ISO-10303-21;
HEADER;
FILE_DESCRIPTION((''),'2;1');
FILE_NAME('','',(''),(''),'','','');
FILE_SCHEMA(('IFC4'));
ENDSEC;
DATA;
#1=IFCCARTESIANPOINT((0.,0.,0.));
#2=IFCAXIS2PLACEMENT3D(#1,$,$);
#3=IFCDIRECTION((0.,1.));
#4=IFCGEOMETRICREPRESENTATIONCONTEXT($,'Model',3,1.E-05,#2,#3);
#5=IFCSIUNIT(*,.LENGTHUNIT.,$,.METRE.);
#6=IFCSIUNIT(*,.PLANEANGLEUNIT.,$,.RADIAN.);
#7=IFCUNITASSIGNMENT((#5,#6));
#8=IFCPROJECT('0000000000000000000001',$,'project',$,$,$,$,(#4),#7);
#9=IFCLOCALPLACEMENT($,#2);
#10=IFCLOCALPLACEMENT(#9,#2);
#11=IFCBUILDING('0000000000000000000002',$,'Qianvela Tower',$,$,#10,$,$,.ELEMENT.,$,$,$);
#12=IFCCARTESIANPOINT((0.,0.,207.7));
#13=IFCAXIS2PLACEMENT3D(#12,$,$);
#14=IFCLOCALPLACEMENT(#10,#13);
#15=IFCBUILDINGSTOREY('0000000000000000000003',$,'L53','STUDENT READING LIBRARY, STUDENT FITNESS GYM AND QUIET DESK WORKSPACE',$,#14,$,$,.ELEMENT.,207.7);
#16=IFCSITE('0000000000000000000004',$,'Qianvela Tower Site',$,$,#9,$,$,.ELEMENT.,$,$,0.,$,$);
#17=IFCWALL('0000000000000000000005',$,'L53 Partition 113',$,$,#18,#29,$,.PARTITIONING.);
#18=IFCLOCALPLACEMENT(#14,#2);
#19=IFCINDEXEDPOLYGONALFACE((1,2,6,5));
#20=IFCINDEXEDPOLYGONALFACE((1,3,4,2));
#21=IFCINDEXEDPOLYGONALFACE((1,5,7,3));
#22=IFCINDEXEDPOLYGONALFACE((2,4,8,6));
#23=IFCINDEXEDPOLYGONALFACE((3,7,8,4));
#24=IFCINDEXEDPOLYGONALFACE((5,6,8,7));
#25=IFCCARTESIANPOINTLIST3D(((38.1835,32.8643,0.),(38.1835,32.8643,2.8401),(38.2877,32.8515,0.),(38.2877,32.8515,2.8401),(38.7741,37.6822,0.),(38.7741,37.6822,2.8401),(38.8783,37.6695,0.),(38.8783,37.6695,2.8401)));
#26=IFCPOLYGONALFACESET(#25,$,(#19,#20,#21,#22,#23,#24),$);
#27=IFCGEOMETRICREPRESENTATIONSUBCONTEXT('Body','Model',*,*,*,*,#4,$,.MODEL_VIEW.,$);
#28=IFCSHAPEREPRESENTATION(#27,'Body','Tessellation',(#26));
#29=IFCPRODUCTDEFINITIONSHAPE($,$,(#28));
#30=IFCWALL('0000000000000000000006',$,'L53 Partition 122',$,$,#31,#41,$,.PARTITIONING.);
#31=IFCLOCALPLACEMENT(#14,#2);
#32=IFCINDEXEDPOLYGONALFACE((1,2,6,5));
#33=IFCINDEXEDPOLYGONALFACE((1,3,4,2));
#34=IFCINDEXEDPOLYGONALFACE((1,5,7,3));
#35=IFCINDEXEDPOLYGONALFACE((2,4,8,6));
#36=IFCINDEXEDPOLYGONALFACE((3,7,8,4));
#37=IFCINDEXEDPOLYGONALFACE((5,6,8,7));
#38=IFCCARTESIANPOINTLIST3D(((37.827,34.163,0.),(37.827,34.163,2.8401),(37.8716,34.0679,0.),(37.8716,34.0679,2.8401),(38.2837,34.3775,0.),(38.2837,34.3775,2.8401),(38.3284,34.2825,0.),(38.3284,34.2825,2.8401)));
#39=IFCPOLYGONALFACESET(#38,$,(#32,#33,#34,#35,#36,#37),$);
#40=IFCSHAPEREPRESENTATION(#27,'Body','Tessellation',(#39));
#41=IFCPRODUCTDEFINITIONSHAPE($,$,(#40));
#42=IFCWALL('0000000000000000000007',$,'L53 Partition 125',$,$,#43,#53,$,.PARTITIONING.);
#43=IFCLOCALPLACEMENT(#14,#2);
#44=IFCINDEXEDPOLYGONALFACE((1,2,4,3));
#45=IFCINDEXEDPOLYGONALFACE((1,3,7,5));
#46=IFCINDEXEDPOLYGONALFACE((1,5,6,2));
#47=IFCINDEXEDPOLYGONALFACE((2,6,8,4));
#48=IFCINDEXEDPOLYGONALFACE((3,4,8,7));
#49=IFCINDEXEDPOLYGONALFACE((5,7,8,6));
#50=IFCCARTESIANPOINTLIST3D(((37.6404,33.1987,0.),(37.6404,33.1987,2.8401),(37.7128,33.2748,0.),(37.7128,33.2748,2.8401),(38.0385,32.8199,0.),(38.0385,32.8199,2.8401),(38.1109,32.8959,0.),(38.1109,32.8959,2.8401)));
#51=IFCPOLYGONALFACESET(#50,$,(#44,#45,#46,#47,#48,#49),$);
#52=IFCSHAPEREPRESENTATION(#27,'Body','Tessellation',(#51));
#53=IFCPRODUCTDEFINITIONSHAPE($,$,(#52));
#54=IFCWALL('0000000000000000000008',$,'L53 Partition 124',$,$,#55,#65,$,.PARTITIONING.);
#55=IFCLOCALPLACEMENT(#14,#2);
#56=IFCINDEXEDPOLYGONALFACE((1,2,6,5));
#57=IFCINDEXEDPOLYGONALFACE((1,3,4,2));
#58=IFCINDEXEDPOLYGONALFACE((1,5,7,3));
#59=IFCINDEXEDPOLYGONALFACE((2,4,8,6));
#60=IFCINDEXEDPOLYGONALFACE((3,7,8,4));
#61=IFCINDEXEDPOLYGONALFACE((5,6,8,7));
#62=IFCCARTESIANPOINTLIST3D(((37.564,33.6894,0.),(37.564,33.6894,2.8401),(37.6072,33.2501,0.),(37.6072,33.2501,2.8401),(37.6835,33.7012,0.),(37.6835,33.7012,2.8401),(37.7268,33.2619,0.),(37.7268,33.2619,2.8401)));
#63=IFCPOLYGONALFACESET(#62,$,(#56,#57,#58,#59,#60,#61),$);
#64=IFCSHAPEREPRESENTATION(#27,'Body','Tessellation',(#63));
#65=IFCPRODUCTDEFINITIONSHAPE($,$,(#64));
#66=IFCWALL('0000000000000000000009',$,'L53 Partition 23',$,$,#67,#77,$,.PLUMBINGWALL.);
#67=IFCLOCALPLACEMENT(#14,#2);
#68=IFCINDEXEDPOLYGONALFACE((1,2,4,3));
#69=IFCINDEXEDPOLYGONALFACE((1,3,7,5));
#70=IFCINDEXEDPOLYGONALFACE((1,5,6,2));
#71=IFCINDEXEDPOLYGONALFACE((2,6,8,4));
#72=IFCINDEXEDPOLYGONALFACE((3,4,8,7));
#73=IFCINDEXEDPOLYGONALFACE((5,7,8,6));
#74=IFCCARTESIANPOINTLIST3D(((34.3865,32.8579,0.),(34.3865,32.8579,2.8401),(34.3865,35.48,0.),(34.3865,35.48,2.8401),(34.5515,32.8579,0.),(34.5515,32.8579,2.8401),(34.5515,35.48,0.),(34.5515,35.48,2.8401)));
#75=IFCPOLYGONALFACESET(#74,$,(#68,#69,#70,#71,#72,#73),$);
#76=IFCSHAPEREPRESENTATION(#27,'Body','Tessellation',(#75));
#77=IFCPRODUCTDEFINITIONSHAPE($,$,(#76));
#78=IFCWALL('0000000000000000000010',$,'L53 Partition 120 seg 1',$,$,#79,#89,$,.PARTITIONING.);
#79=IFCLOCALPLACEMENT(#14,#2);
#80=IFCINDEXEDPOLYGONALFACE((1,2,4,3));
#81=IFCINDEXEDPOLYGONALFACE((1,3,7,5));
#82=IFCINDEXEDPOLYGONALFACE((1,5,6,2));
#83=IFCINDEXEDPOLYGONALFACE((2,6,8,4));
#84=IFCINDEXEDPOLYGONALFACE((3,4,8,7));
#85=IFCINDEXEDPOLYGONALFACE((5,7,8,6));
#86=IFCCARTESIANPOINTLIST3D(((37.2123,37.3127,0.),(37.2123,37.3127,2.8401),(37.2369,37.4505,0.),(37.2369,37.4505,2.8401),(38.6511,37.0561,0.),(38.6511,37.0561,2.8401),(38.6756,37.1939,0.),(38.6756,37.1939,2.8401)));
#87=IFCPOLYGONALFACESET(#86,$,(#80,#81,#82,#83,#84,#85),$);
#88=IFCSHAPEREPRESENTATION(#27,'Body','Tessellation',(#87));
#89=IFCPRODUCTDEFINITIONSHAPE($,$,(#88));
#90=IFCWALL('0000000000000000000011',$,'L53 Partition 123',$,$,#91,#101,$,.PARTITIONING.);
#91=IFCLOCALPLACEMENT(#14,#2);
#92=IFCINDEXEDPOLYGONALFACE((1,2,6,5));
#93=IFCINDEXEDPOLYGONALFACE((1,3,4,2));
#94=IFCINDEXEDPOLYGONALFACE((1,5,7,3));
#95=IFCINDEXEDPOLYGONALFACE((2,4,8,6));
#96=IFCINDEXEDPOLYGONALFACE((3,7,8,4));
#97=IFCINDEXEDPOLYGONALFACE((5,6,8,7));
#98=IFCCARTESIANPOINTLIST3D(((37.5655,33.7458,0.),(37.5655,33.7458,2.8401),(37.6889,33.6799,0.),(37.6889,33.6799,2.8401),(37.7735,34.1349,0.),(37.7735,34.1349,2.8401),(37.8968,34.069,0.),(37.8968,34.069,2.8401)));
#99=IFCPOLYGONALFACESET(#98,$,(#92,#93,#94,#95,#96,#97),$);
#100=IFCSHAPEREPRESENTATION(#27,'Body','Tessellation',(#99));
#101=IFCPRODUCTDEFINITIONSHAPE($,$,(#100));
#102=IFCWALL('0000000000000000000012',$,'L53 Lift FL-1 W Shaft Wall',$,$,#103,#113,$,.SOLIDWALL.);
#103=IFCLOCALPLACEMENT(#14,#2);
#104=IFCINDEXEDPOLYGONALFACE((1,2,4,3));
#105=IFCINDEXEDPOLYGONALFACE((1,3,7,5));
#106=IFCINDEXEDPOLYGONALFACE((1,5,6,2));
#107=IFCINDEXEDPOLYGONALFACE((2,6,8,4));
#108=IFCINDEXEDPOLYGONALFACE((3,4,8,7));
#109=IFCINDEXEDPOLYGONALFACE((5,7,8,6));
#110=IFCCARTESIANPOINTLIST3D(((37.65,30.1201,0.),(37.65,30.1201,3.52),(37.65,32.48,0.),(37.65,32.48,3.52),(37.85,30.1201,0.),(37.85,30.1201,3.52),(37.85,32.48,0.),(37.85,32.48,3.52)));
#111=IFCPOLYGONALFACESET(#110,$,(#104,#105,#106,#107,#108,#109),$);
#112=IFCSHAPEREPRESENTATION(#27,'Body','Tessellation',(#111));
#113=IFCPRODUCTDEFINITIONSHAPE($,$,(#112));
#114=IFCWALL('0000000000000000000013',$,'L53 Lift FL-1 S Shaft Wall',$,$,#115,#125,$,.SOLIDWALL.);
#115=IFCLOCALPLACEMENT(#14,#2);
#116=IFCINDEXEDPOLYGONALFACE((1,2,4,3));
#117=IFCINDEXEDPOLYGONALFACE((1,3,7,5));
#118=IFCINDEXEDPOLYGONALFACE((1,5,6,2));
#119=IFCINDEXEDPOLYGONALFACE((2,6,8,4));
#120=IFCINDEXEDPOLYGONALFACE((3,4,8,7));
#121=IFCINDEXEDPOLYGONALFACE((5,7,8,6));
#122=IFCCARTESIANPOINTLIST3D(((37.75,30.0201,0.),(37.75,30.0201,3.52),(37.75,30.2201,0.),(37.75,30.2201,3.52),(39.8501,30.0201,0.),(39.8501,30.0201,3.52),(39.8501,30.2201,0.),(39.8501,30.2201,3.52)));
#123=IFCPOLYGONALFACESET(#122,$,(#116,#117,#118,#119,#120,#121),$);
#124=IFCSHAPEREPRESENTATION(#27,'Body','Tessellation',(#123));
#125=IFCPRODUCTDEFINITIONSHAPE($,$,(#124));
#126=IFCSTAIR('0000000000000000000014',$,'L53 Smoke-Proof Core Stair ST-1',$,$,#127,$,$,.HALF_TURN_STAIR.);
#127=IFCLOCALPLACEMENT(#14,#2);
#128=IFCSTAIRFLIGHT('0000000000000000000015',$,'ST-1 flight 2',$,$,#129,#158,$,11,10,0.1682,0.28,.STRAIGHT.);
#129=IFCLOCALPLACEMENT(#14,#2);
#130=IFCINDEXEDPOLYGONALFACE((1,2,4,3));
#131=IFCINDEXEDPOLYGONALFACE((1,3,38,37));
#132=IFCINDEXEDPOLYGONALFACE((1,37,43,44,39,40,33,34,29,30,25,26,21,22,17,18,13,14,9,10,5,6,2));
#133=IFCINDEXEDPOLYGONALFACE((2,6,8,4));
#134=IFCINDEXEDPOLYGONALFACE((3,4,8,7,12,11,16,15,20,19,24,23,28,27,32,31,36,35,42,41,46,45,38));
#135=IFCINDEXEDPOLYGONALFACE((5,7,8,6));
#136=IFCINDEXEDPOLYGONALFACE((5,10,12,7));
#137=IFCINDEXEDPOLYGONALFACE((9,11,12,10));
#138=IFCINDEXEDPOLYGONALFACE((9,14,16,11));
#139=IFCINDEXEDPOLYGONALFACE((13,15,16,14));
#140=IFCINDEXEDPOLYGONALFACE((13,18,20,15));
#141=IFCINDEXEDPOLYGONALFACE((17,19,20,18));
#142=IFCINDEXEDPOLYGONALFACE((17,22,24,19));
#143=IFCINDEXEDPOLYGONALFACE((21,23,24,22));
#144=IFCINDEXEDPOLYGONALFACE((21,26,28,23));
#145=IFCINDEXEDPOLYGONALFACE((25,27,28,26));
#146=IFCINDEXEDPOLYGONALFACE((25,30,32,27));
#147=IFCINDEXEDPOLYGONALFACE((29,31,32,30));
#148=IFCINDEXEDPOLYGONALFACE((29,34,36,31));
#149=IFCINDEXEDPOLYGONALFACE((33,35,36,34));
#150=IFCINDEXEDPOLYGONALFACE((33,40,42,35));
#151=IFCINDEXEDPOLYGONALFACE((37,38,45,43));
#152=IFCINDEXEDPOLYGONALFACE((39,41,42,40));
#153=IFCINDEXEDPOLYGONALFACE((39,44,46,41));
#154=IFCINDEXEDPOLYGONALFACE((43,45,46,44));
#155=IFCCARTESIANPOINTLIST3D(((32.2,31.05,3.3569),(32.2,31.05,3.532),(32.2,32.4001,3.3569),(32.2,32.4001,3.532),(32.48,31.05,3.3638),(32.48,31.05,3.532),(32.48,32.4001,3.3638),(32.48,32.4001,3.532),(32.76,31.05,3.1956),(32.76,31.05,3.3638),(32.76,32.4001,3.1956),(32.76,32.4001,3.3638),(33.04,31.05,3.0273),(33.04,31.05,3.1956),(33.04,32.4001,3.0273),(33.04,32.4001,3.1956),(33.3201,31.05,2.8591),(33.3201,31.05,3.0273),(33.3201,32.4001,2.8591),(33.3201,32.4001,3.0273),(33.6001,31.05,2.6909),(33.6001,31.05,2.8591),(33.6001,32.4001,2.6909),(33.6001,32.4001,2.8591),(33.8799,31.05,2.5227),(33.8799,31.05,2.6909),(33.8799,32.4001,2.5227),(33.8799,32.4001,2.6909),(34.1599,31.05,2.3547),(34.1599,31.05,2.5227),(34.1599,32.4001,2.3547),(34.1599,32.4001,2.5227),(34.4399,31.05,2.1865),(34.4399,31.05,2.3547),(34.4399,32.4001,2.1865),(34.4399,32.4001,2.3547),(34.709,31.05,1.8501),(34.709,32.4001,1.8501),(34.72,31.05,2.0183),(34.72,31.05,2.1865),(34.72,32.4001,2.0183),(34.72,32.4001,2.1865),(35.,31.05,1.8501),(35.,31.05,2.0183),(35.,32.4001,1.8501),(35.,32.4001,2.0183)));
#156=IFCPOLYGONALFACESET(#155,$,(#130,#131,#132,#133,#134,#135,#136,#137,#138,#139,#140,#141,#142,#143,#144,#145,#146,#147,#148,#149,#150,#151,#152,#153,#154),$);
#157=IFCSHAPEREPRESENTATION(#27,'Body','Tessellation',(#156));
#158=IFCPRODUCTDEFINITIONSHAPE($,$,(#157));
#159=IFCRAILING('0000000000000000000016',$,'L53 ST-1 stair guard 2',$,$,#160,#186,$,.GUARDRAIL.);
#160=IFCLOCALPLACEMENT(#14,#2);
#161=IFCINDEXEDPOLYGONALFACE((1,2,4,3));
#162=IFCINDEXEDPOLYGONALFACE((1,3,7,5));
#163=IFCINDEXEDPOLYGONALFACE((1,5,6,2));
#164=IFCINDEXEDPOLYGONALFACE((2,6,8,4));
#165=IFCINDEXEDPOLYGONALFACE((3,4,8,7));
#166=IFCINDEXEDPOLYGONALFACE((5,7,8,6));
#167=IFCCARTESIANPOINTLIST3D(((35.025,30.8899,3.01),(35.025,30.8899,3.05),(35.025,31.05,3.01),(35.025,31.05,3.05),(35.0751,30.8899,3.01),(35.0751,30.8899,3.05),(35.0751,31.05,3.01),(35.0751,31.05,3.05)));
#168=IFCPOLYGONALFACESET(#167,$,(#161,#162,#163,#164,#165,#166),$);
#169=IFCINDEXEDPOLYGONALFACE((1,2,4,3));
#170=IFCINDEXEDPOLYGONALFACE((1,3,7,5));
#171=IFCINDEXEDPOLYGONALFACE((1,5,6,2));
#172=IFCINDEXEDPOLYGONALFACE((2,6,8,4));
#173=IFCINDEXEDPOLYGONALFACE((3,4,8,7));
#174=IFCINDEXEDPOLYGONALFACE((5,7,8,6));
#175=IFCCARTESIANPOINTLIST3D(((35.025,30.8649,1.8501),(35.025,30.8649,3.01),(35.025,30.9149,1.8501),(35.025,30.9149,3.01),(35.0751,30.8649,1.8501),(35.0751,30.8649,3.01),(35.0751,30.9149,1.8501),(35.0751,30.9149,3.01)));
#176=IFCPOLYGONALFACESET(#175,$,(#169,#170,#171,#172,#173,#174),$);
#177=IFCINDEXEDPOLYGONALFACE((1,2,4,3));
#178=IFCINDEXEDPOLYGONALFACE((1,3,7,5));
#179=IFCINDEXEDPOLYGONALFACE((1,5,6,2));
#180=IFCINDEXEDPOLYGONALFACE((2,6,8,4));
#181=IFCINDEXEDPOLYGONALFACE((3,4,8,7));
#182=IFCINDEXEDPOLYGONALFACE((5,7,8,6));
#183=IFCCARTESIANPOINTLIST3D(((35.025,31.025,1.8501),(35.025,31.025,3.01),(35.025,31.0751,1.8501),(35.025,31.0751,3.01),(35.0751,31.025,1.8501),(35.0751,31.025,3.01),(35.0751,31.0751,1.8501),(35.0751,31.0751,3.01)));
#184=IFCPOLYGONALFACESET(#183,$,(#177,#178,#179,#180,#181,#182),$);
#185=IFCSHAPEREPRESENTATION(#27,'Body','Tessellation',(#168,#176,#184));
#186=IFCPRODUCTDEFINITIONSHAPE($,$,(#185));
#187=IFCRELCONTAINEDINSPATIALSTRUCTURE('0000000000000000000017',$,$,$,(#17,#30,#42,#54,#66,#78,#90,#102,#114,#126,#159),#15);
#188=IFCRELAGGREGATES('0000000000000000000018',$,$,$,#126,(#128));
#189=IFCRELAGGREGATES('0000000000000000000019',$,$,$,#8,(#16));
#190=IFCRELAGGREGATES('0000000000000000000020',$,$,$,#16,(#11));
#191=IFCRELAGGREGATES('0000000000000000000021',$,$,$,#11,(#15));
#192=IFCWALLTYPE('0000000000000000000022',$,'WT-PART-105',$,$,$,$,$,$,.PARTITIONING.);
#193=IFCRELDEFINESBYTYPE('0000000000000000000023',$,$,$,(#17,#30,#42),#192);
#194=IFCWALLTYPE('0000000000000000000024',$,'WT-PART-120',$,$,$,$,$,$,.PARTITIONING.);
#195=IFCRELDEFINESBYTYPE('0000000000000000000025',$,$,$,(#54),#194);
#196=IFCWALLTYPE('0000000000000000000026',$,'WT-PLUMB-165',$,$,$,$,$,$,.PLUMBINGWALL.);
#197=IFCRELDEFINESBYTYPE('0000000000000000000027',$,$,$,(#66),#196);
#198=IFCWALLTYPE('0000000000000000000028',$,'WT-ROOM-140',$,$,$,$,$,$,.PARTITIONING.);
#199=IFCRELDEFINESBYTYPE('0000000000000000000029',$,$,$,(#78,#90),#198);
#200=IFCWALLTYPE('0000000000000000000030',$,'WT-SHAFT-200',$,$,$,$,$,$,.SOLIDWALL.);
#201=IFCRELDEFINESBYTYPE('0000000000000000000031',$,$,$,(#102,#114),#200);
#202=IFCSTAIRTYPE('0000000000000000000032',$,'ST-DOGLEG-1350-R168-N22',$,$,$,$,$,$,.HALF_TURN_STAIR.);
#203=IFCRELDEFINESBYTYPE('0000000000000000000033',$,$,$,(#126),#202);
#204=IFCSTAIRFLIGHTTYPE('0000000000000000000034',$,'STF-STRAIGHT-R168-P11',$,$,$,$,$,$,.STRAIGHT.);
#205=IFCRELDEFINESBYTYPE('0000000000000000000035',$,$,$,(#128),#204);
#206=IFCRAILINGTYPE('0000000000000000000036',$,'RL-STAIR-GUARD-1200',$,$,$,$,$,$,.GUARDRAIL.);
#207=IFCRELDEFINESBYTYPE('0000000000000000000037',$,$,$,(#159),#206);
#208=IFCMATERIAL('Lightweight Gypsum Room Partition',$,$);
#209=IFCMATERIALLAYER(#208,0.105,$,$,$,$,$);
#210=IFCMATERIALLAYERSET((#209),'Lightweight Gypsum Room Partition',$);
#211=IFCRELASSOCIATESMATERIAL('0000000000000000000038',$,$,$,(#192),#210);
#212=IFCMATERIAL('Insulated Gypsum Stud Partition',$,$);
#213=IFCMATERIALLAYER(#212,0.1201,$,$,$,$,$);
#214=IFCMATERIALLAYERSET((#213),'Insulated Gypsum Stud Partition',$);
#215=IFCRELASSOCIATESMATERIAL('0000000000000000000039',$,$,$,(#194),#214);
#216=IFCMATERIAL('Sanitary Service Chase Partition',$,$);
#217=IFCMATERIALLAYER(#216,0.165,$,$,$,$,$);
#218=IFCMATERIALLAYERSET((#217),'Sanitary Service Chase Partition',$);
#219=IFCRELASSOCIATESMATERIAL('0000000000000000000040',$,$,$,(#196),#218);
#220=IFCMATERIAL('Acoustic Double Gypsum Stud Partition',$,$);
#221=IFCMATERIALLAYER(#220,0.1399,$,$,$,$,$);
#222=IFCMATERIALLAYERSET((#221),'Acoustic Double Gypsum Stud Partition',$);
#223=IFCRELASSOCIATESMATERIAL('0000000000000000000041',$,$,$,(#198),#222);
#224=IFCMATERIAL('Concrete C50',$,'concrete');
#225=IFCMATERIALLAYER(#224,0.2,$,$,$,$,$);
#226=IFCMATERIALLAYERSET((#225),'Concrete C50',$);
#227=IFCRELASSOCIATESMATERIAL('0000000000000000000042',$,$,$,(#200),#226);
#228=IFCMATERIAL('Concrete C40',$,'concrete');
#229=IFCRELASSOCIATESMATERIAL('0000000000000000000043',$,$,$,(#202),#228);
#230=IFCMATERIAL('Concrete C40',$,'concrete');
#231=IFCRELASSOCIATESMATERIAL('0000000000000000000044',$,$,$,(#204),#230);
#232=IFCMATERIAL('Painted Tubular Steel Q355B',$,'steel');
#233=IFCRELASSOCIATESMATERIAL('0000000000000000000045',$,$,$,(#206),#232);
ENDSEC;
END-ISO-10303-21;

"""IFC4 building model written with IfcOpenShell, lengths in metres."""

from ifc_helpers import new_model, si_unit, direction, frame, frame_2d, origin, origin_2d, place, context, subcontext, project, spatial, polyline, rectangle, outline, extrude, material, layer, layer_set, type_object, element, aggregate, save


model = new_model("IFC4")

# Units and contexts
model_context = context("Model", 3, precision=1e-05, world=origin(), true_north=direction((0.0, 1.0)))
body_context = subcontext(model_context, "Body", "Model", "MODEL_VIEW")
ifc_project = project(units=[si_unit("LENGTHUNIT", "METRE"), si_unit("PLANEANGLEUNIT", "RADIAN")], contexts=[model_context])

# Site, building, storey
site_placement = place(None, origin())
site = spatial("IfcSite", under=ifc_project, at=site_placement, Name="Qianvela Tower Site", CompositionType="ELEMENT", RefElevation=0.0)
building_placement = place(site_placement, origin())
building = spatial("IfcBuilding", under=site, at=building_placement, Name="Qianvela Tower", CompositionType="ELEMENT")
storey_placement = place(building_placement, frame((0.0, 0.0, 207.7)))
storey = spatial("IfcBuildingStorey", under=building, at=storey_placement, Name="L53", Description="STUDENT READING LIBRARY, STUDENT FITNESS GYM AND QUIET DESK WORKSPACE", CompositionType="ELEMENT", Elevation=207.7)

# Walls
ifc_material_1 = material(Name="Lightweight Gypsum Room Partition")
ifc_layer_1 = layer(ifc_material_1, 0.105)
ifc_layer_set_1 = layer_set([ifc_layer_1], Name="Lightweight Gypsum Room Partition")
wall_type_1 = type_object("IfcWallType", Name="WT-PART-105", PredefinedType="PARTITIONING", material=ifc_layer_set_1)
wall_1_placement = place(storey_placement, frame((38.2356, 32.8579, 0.0), z_axis=(0.0, 0.0, 1.0), x_axis=(0.12167, 0.992571, 0.0)))
element("IfcWall", 1, at=wall_1_placement, inside=storey, type_object=wall_type_1, Name="L53 Partition 113", PredefinedType="PARTITIONING", context=body_context, shape_type="SweptSolid", body=[
    extrude(rectangle(XDim=4.854, YDim=0.105, at=frame_2d((2.427, 0.0))), origin(), (0.0, 0.0, 1.0), 2.8401),
])
wall_2_placement = place(storey_placement, frame((38.3062, 34.3301, 0.0), z_axis=(0.0, 0.0, 1.0), x_axis=(-0.905093, -0.425215, 0.0)))
element("IfcWall", 2, at=wall_2_placement, inside=storey, type_object=wall_type_1, Name="L53 Partition 122", PredefinedType="PARTITIONING", context=body_context, shape_type="SweptSolid", body=[
    extrude(rectangle(XDim=0.5046, YDim=0.105, at=frame_2d((0.2524, 0.0))), origin(), (0.0, 0.0, 1.0), 2.8401),
])
wall_3_placement = place(storey_placement, frame((37.6765, 33.2368, 0.0), z_axis=(0.0, 0.0, 1.0), x_axis=(0.724434, -0.689345, 0.0)))
element("IfcWall", 3, at=wall_3_placement, inside=storey, type_object=wall_type_1, Name="L53 Partition 125", PredefinedType="PARTITIONING", context=body_context, shape_type="SweptSolid", body=[
    extrude(rectangle(XDim=0.5496, YDim=0.105, at=frame_2d((0.2749, 0.0))), origin(), (0.0, 0.0, 1.0), 2.8401),
])
ifc_material_2 = material(Name="Insulated Gypsum Stud Partition")
ifc_layer_2 = layer(ifc_material_2, 0.1201)
ifc_layer_set_2 = layer_set([ifc_layer_2], Name="Insulated Gypsum Stud Partition")
wall_type_2 = type_object("IfcWallType", Name="WT-PART-120", PredefinedType="PARTITIONING", material=ifc_layer_set_2)
wall_4_placement = place(storey_placement, frame((37.6238, 33.6953, 0.0), z_axis=(0.0, 0.0, 1.0), x_axis=(0.097915, -0.995195, 0.0)))
element("IfcWall", 4, at=wall_4_placement, inside=storey, type_object=wall_type_2, Name="L53 Partition 124", PredefinedType="PARTITIONING", context=body_context, shape_type="SweptSolid", body=[
    extrude(rectangle(XDim=0.4414, YDim=0.1201, at=frame_2d((0.2207, 0.0))), origin(), (0.0, 0.0, 1.0), 2.8401),
])
ifc_material_3 = material(Name="Sanitary Service Chase Partition")
ifc_layer_3 = layer(ifc_material_3, 0.165)
ifc_layer_set_3 = layer_set([ifc_layer_3], Name="Sanitary Service Chase Partition")
wall_type_3 = type_object("IfcWallType", Name="WT-PLUMB-165", PredefinedType="PLUMBINGWALL", material=ifc_layer_set_3)
wall_5_placement = place(storey_placement, frame((34.469, 35.48, 0.0), z_axis=(0.0, 0.0, 1.0), x_axis=(0.0, -1.0, 0.0)))
element("IfcWall", 5, at=wall_5_placement, inside=storey, type_object=wall_type_3, Name="L53 Partition 23", PredefinedType="PLUMBINGWALL", context=body_context, shape_type="SweptSolid", body=[
    extrude(rectangle(XDim=2.6221, YDim=0.165, at=frame_2d((1.311, 0.0))), origin(), (0.0, 0.0, 1.0), 2.8401),
])
ifc_material_4 = material(Name="Acoustic Double Gypsum Stud Partition")
ifc_layer_4 = layer(ifc_material_4, 0.1399)
ifc_layer_set_4 = layer_set([ifc_layer_4], Name="Acoustic Double Gypsum Stud Partition")
wall_type_4 = type_object("IfcWallType", Name="WT-ROOM-140", PredefinedType="PARTITIONING", material=ifc_layer_set_4)
wall_6_placement = place(storey_placement, frame((37.2246, 37.3816, 0.0), z_axis=(0.0, 0.0, 1.0), x_axis=(0.984466, -0.175577, 0.0)))
element("IfcWall", 6, at=wall_6_placement, inside=storey, type_object=wall_type_4, Name="L53 Partition 120 seg 1", PredefinedType="PARTITIONING", context=body_context, shape_type="SweptSolid", body=[
    extrude(rectangle(XDim=1.4614, YDim=0.1399, at=frame_2d((0.7307, 0.0))), origin(), (0.0, 0.0, 1.0), 2.8401),
])
wall_7_placement = place(storey_placement, frame((37.8352, 34.1021, 0.0), z_axis=(0.0, 0.0, 1.0), x_axis=(-0.471392, -0.881924, 0.0)))
element("IfcWall", 7, at=wall_7_placement, inside=storey, type_object=wall_type_4, Name="L53 Partition 123", PredefinedType="PARTITIONING", context=body_context, shape_type="SweptSolid", body=[
    extrude(rectangle(XDim=0.4412, YDim=0.1399, at=frame_2d((0.2207, 0.0))), origin(), (0.0, 0.0, 1.0), 2.8401),
])

# Shared definitions
ifc_material_5 = material(Name="Concrete C50", Category="concrete")
ifc_layer_5 = layer(ifc_material_5, 0.2)
ifc_layer_set_5 = layer_set([ifc_layer_5], Name="Concrete C50")
wall_type_5 = type_object("IfcWallType", Name="WT-SHAFT-200", PredefinedType="SOLIDWALL", material=ifc_layer_set_5)

# Walls
wall_8_placement = place(storey_placement, frame((37.75, 30.1201, 0.0), z_axis=(0.0, 0.0, 1.0), x_axis=(0.0, 1.0, 0.0)))
element("IfcWall", 8, at=wall_8_placement, inside=storey, type_object=wall_type_5, Name="L53 Lift FL-1 W Shaft Wall", PredefinedType="SOLIDWALL", context=body_context, shape_type="SweptSolid", body=[
    extrude(rectangle(XDim=2.3599, YDim=0.2, at=frame_2d((1.1799, 0.0))), origin(), (0.0, 0.0, 1.0), 3.52),
])
wall_9_placement = place(storey_placement, frame((37.75, 30.1201, 0.0), z_axis=(0.0, 0.0, 1.0), x_axis=(1.0, 0.0, 0.0)))
element("IfcWall", 9, at=wall_9_placement, inside=storey, type_object=wall_type_5, Name="L53 Lift FL-1 S Shaft Wall", PredefinedType="SOLIDWALL", context=body_context, shape_type="SweptSolid", body=[
    extrude(rectangle(XDim=2.1001, YDim=0.2, at=frame_2d((1.05, 0.0))), origin(), (0.0, 0.0, 1.0), 3.52),
])

# Stair, stair flight
ifc_material_6 = material(Name="Concrete C40", Category="concrete")
stair_type = type_object("IfcStairType", Name="ST-DOGLEG-1350-R168-N22", PredefinedType="HALF_TURN_STAIR", material=ifc_material_6)
stair_placement = place(storey_placement, origin())
stair = element("IfcStair", 10, at=stair_placement, inside=storey, type_object=stair_type, Name="L53 Smoke-Proof Core Stair ST-1", PredefinedType="HALF_TURN_STAIR")
ifc_material_7 = material(Name="Concrete C40", Category="concrete")
stair_flight_type = type_object("IfcStairFlightType", Name="STF-STRAIGHT-R168-P11", PredefinedType="STRAIGHT", material=ifc_material_7)
stair_flight_placement = place(storey_placement, frame((35.0, 31.7251, 1.8501), z_axis=(0.0, 0.0, 1.0), x_axis=(-1.0, 0.0, 0.0)))
stair_flight = element("IfcStairFlight", 11, at=stair_flight_placement, type_object=stair_flight_type, Name="ST-1 flight 2", NumberOfRisers=11, NumberOfTreads=10, PredefinedType="STRAIGHT", RiserHeight=0.1682, TreadLength=0.28, context=body_context, shape_type="SweptSolid", body=[
    extrude(outline(polyline([(0.0, 0.0), (0.0, 0.1682), (0.28, 0.1682), (0.28, 0.3364), (0.5601, 0.3364), (0.5601, 0.5046), (0.8401, 0.5046), (0.8401, 0.6726), (1.1201, 0.6726), (1.1201, 0.8408), (1.3999, 0.8408), (1.3999, 1.009), (1.6799, 1.009), (1.6799, 1.1772), (1.96, 1.1772), (1.96, 1.3455), (2.24, 1.3455), (2.24, 1.5137), (2.52, 1.5137), (2.52, 1.6819), (2.8, 1.6819), (2.8, 1.8501), (2.8, 1.5068), (0.291, 0.0), (0.0, 0.0)])), frame((0.0, 0.675, 0.0), z_axis=(0.0, -1.0, 0.0), x_axis=(1.0, 0.0, 0.0)), (0.0, 0.0, 1.0), 1.3501),
])
aggregate(stair, [stair_flight])

# Railing
ifc_material_8 = material(Name="Painted Tubular Steel Q355B", Category="steel")
railing_type_1 = type_object("IfcRailingType", Name="RL-STAIR-GUARD-1200", PredefinedType="GUARDRAIL", material=ifc_material_8)
railing_1_placement = place(storey_placement, frame((35.05, 30.8899, 1.8501)))
element("IfcRailing", 12, at=railing_1_placement, inside=storey, type_object=railing_type_1, Name="L53 ST-1 stair guard 2", PredefinedType="GUARDRAIL", context=body_context, shape_type="SweptSolid", body=[
    extrude(rectangle(XDim=0.05, YDim=0.04, at=origin_2d()), frame((0.0, 0.0, 1.1799), z_axis=(0.0, 1.0, 0.0), x_axis=(-1.0, 0.0, 0.0)), (0.0, 0.0, 1.0), 0.1602),
    extrude(rectangle(XDim=0.05, YDim=0.05, at=origin_2d()), origin(), (0.0, 0.0, 1.0), 1.1599),
    extrude(rectangle(XDim=0.05, YDim=0.05, at=origin_2d()), frame((0.0, 0.1602, 0.0)), (0.0, 0.0, 1.0), 1.1599),
])

save(model, "model.ifc")
